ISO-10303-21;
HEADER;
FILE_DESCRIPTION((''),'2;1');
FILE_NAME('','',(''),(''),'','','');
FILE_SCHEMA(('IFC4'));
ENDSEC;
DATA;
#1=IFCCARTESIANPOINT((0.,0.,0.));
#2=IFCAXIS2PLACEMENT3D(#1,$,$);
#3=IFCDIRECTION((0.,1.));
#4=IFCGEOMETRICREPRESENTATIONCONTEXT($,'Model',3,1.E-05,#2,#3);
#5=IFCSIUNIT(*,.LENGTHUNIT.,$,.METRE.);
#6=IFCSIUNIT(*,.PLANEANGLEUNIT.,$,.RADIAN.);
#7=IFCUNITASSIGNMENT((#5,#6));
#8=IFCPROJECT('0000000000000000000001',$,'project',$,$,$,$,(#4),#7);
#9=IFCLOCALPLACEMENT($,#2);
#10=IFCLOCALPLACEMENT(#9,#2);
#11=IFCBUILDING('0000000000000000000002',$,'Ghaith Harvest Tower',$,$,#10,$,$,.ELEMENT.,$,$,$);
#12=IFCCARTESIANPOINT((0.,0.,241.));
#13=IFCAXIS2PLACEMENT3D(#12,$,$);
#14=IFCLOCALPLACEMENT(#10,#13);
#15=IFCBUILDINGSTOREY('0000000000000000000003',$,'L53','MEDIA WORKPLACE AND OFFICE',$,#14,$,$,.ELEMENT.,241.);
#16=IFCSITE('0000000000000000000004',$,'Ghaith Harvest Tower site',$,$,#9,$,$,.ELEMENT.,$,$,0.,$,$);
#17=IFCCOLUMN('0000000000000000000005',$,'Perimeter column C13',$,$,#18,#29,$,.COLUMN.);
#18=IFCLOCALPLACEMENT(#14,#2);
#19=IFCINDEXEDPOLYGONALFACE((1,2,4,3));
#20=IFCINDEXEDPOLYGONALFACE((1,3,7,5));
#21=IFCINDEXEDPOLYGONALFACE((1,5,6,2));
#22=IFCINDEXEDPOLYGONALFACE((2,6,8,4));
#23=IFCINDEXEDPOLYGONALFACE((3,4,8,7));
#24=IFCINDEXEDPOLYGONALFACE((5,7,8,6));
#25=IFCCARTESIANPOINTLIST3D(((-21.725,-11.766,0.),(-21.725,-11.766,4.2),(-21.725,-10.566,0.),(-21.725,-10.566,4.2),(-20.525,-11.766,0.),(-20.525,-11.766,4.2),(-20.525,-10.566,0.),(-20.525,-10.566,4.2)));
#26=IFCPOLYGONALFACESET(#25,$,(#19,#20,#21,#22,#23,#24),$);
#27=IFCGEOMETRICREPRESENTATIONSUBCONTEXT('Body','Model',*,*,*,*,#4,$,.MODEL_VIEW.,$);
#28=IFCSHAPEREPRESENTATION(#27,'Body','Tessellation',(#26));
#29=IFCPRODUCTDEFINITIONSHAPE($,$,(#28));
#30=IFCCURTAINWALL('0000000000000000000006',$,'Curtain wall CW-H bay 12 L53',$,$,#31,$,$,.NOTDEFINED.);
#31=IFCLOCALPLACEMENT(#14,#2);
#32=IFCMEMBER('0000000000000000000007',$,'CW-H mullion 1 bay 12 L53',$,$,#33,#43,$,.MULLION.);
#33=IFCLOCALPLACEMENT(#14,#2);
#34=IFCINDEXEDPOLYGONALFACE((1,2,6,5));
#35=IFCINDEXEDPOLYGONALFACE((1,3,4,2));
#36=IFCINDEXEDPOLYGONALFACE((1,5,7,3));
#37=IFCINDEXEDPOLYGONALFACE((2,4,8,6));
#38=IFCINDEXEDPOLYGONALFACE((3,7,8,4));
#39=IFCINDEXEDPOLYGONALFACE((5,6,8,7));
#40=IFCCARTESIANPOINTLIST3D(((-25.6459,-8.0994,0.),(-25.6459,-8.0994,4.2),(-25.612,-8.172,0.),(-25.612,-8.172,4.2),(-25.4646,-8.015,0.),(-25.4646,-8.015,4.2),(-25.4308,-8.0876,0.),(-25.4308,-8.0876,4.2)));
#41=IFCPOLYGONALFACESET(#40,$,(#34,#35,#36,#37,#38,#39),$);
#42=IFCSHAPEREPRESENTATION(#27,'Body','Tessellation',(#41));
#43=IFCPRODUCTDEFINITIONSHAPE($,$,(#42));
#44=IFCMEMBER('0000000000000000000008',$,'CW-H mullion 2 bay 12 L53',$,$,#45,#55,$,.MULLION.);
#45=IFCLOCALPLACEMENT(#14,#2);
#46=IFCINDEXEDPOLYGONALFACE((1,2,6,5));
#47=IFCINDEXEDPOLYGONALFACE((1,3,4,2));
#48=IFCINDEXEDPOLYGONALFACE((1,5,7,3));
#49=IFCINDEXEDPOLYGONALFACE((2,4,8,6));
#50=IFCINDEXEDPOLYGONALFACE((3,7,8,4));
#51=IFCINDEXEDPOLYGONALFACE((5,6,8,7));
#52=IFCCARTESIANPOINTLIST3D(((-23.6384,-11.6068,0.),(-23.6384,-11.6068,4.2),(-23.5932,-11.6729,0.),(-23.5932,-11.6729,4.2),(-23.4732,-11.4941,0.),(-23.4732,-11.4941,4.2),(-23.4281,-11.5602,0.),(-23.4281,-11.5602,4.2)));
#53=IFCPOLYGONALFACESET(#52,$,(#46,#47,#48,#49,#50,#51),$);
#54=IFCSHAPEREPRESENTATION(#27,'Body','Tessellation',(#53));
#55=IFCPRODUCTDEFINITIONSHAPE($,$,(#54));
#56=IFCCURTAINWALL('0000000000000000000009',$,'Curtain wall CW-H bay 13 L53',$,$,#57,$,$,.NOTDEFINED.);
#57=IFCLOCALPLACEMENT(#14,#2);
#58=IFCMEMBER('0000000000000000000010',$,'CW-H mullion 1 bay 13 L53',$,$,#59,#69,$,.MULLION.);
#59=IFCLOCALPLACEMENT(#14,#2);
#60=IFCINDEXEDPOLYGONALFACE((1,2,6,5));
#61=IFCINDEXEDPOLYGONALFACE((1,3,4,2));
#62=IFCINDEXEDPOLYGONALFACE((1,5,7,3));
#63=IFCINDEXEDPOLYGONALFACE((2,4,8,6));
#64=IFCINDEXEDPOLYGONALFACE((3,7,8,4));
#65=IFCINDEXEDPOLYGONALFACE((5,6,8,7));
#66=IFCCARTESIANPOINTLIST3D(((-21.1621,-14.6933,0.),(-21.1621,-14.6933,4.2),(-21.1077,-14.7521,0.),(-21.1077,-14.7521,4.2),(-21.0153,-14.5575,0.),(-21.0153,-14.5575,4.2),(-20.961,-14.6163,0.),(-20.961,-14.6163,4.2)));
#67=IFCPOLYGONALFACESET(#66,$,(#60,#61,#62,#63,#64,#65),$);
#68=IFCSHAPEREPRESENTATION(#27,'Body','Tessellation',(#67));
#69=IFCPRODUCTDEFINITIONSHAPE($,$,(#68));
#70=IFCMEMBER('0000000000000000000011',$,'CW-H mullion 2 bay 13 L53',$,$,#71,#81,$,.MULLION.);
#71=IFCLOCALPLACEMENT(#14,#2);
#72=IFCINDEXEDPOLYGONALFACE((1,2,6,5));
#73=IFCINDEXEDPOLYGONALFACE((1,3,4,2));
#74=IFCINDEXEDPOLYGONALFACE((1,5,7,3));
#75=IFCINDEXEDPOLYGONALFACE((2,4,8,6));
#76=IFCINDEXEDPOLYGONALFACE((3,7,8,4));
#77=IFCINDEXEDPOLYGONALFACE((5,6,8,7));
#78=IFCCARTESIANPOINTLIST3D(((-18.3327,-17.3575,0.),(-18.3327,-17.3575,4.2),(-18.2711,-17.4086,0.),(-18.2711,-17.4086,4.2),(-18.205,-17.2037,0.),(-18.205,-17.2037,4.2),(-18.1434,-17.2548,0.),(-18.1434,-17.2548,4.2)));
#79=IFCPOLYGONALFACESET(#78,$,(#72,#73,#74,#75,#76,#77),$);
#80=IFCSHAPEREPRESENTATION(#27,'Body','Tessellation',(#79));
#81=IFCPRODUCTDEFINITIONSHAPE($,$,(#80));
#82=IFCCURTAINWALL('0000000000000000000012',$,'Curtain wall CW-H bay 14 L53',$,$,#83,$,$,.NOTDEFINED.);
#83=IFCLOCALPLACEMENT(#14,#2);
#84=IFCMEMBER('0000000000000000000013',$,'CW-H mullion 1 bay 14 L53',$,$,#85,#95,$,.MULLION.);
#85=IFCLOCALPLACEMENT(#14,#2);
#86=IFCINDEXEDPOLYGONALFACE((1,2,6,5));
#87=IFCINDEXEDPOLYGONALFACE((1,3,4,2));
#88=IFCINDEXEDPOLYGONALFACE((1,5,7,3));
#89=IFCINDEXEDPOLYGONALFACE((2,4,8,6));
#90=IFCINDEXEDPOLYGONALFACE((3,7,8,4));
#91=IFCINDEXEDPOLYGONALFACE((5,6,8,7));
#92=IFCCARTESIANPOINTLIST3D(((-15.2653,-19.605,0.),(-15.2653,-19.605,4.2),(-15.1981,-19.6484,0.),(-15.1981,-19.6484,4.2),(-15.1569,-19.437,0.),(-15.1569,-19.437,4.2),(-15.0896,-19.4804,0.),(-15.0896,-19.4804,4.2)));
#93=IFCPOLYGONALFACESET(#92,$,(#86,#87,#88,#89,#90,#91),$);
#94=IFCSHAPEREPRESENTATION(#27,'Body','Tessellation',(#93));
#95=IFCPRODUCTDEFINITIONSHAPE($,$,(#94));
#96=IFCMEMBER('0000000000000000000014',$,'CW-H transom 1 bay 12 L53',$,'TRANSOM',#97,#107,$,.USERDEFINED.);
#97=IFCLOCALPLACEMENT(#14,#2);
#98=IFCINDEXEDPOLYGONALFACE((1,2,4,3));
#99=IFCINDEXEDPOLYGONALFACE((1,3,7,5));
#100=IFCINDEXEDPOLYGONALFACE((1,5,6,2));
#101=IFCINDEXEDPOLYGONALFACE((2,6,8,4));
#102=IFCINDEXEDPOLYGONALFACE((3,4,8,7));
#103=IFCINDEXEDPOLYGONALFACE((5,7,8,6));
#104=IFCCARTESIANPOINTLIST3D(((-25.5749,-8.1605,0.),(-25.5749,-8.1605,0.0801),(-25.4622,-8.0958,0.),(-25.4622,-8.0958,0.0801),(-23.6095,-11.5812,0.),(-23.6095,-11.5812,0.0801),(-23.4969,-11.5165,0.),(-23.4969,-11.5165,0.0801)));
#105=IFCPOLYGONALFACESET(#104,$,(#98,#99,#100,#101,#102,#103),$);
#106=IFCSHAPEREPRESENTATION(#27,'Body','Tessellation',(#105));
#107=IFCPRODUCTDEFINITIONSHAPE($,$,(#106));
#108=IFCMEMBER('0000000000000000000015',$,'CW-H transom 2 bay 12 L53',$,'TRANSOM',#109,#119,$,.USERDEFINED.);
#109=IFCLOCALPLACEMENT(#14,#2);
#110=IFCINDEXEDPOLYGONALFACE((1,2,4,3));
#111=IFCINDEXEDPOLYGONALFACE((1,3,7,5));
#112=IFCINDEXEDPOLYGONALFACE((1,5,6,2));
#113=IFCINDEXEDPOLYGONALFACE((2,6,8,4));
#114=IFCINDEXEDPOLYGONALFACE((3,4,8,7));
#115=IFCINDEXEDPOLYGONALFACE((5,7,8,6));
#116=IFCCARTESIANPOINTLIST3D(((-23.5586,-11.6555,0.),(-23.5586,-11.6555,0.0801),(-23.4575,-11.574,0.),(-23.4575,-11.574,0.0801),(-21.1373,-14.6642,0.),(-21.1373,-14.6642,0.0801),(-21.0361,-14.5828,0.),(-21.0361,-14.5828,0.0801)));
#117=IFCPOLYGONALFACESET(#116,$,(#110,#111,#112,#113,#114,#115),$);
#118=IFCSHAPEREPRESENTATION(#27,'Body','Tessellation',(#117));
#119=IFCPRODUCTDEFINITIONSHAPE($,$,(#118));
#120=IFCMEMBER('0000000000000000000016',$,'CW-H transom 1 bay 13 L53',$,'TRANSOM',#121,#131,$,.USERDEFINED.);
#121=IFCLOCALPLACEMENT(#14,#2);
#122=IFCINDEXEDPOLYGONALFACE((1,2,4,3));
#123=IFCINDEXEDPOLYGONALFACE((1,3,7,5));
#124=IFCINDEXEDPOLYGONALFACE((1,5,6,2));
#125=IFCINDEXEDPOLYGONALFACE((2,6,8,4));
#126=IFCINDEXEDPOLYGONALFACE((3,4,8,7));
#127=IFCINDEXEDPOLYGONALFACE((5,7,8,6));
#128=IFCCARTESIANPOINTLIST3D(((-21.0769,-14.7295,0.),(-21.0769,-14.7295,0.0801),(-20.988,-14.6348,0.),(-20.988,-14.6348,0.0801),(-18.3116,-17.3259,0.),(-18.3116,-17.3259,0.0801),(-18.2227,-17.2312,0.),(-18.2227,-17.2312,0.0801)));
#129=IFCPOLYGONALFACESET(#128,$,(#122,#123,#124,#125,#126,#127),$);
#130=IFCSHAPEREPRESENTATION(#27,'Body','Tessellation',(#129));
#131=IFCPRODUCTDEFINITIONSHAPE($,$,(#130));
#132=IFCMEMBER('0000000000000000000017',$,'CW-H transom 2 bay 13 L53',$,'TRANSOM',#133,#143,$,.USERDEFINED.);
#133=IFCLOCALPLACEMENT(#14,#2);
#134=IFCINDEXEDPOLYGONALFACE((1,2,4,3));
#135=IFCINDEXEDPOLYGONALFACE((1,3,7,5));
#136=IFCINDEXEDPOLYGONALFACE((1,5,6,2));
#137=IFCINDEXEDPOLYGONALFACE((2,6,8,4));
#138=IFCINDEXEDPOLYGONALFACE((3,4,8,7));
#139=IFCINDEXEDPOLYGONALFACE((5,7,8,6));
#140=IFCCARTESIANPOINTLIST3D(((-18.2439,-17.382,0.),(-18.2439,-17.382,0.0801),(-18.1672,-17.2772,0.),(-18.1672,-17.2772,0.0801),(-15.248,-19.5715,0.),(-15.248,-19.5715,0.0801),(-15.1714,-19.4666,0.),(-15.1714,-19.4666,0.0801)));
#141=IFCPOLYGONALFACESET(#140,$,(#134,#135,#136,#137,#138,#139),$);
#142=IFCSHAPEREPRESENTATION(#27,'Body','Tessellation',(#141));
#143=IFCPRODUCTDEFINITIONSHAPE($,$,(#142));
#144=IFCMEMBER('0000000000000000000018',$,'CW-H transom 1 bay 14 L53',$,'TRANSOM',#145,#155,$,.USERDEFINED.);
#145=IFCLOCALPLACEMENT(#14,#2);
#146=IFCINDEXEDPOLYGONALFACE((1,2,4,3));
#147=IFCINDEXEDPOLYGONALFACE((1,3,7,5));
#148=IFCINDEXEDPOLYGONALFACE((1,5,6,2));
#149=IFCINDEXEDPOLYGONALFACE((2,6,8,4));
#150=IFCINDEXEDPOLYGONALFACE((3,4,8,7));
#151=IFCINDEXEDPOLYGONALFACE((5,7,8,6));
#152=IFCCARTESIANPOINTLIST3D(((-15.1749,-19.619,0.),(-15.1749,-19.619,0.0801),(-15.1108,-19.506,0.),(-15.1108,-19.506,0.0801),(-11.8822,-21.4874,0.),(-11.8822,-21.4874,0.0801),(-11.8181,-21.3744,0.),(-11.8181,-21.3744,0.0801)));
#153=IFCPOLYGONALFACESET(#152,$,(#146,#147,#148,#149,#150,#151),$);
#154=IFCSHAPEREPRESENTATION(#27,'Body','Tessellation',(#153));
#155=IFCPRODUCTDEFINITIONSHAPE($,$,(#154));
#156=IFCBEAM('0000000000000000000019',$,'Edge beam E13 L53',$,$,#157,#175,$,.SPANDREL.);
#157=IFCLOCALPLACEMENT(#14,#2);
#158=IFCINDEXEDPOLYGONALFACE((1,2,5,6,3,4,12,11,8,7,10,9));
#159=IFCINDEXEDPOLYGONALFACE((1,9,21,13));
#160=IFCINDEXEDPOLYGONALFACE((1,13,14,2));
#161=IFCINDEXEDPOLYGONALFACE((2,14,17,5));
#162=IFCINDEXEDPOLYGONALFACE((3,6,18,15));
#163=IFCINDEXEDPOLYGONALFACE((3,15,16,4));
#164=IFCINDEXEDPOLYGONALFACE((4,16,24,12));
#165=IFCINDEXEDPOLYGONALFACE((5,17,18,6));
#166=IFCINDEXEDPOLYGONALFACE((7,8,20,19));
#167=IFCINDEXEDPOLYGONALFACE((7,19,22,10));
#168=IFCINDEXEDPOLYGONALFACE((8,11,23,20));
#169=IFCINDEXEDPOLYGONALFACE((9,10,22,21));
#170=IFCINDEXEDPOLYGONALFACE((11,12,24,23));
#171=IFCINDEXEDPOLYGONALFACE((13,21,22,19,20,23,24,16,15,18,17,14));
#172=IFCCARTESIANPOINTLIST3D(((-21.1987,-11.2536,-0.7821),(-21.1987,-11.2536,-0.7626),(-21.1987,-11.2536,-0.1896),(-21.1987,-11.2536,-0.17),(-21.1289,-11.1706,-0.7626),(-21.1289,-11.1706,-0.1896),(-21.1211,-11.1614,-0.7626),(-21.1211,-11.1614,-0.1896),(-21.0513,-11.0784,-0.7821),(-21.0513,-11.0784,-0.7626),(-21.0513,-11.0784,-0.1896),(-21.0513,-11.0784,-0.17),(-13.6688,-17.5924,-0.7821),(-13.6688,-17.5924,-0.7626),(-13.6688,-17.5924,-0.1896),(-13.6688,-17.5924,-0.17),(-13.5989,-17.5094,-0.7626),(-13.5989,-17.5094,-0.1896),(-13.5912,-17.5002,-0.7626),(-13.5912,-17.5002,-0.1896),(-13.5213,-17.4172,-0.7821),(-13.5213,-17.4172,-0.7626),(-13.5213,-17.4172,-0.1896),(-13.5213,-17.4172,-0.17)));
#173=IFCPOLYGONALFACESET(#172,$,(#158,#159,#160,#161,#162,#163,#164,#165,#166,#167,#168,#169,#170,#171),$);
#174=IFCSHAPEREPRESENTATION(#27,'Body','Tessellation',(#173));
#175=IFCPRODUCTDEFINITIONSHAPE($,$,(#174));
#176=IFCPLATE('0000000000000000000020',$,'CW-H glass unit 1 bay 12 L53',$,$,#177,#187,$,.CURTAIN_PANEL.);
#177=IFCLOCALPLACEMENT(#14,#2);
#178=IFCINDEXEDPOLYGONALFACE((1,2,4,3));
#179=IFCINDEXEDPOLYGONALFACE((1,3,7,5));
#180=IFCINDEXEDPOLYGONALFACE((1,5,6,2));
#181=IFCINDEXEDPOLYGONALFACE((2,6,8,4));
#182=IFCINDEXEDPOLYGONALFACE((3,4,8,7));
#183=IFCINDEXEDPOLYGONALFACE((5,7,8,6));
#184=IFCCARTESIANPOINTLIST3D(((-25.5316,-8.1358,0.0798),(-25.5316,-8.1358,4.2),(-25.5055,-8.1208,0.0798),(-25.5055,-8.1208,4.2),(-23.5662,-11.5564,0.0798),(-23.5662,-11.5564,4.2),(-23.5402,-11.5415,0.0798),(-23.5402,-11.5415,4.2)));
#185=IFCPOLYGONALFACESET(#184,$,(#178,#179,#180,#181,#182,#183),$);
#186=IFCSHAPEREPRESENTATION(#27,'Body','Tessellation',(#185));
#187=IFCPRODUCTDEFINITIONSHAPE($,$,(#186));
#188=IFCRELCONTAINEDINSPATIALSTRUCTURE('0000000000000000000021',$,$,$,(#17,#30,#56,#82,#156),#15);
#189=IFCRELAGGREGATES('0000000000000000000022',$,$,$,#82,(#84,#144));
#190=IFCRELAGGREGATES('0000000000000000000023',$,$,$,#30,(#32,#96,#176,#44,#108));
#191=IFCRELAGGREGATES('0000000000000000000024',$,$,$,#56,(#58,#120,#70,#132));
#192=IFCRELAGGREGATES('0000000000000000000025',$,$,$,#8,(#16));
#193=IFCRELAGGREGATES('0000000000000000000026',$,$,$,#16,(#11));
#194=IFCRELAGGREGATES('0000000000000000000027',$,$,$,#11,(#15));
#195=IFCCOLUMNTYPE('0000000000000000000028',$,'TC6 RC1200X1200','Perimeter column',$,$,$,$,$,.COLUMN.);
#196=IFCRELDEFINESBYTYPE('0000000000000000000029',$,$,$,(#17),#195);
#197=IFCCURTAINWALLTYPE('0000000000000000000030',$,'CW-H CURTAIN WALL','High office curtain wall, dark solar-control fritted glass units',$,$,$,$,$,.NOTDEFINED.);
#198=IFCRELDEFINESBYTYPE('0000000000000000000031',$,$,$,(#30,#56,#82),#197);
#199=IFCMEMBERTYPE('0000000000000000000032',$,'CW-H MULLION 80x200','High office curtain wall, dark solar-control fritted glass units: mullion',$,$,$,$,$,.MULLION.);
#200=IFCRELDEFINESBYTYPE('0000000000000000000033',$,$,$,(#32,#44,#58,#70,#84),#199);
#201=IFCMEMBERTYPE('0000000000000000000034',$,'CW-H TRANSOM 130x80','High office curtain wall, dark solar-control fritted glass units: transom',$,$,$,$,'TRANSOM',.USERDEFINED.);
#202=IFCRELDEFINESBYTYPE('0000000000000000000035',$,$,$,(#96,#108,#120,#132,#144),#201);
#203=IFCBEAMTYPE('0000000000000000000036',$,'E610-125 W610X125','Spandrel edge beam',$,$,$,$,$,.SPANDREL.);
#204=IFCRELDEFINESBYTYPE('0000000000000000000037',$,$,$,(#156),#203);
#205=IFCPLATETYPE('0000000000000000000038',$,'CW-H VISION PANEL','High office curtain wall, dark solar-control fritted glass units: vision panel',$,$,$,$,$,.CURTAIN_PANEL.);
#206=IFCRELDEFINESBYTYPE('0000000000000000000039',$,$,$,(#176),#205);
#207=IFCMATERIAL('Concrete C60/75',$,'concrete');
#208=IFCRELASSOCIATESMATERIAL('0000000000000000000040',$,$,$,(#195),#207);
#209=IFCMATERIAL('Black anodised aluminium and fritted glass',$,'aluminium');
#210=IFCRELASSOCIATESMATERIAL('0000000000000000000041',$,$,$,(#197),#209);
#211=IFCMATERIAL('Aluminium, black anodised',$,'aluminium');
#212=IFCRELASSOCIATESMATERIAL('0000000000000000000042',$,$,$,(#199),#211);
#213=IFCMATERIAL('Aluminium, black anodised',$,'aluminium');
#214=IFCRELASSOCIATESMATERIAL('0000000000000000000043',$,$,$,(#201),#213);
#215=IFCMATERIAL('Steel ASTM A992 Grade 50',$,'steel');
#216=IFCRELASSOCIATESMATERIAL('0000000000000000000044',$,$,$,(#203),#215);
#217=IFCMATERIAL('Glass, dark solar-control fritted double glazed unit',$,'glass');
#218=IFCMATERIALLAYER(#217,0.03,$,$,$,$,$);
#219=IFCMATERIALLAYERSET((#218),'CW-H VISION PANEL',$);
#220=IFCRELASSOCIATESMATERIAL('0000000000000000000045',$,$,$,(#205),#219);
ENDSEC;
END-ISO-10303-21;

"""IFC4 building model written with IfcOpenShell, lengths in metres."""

from ifc_helpers import new_model, si_unit, direction, frame, origin, origin_2d, place, context, subcontext, project, spatial, rectangle, i_section, extrude, material, layer, layer_set, material_profile, profile_set, type_object, element, aggregate, save


model = new_model("IFC4")

# Units and contexts
model_context = context("Model", 3, precision=1e-05, world=origin(), true_north=direction((0.0, 1.0)))
body_context = subcontext(model_context, "Body", "Model", "MODEL_VIEW")
ifc_project = project(units=[si_unit("LENGTHUNIT", "METRE"), si_unit("PLANEANGLEUNIT", "RADIAN")], contexts=[model_context])

# Site, building, storey
site_placement = place(None, origin())
site = spatial("IfcSite", under=ifc_project, at=site_placement, Name="Ghaith Harvest Tower site", CompositionType="ELEMENT", RefElevation=0.0)
building_placement = place(site_placement, origin())
building = spatial("IfcBuilding", under=site, at=building_placement, Name="Ghaith Harvest Tower", CompositionType="ELEMENT")
storey_placement = place(building_placement, frame((0.0, 0.0, 241.0)))
storey = spatial("IfcBuildingStorey", under=building, at=storey_placement, Name="L53", Description="MEDIA WORKPLACE AND OFFICE", CompositionType="ELEMENT", Elevation=241.0)

# Column
ifc_material_1 = material(Name="Concrete C60/75", Category="concrete")
ifc_material_profile_1 = material_profile(ifc_material_1, rectangle(XDim=1.2, YDim=1.2, at=origin_2d()), Name="RC1200X1200")
ifc_profile_set_1 = profile_set([ifc_material_profile_1], Name="Concrete C60/75")
column_type = type_object("IfcColumnType", Name="TC6 RC1200X1200", Description="Perimeter column", PredefinedType="COLUMN", material=ifc_profile_set_1)
column_placement = place(storey_placement, frame((-21.125, -11.166, 0.0), z_axis=(0.0, 0.0, 1.0), x_axis=(1.0, 0.0, 0.0)))
element("IfcColumn", 1, at=column_placement, inside=storey, type_object=column_type, Name="Perimeter column C13", PredefinedType="COLUMN", context=body_context, shape_type="SweptSolid", body=[
    extrude(rectangle(XDim=1.2, YDim=1.2, at=origin_2d()), origin(), (0.0, 0.0, 1.0), 4.2),
])

# Curtain walls, members
ifc_material_2 = material(Name="Black anodised aluminium and fritted glass", Category="aluminium")
curtain_wall_type = type_object("IfcCurtainWallType", Name="CW-H CURTAIN WALL", Description="High office curtain wall, dark solar-control fritted glass units", PredefinedType="NOTDEFINED", material=ifc_material_2)
curtain_wall_1_placement = place(storey_placement, origin())
curtain_wall_1 = element("IfcCurtainWall", 2, at=curtain_wall_1_placement, inside=storey, type_object=curtain_wall_type, Name="Curtain wall CW-H bay 12 L53", PredefinedType="NOTDEFINED")
ifc_material_3 = material(Name="Aluminium, black anodised", Category="aluminium")
ifc_material_profile_2 = material_profile(ifc_material_3, rectangle(XDim=0.0801, YDim=0.2, at=origin_2d()), Name="CW-H MULLION 80x200")
ifc_profile_set_2 = profile_set([ifc_material_profile_2], Name="Aluminium, black anodised")
member_type_1 = type_object("IfcMemberType", Name="CW-H MULLION 80x200", Description="High office curtain wall, dark solar-control fritted glass units: mullion", PredefinedType="MULLION", material=ifc_profile_set_2)
member_1_placement = place(storey_placement, frame((-25.5383, -8.0935, 0.0), z_axis=(0.0, 0.0, 1.0), x_axis=(0.422309, -0.906452, 0.0)))
member_1 = element("IfcMember", 3, at=member_1_placement, type_object=member_type_1, Name="CW-H mullion 1 bay 12 L53", PredefinedType="MULLION", context=body_context, shape_type="SweptSolid", body=[
    extrude(rectangle(XDim=0.0801, YDim=0.2, at=origin_2d()), origin(), (0.0, 0.0, 1.0), 4.2),
])
member_2_placement = place(storey_placement, frame((-23.5332, -11.5835, 0.0), z_axis=(0.0, 0.0, 1.0), x_axis=(0.563617, -0.826037, 0.0)))
member_2 = element("IfcMember", 4, at=member_2_placement, type_object=member_type_1, Name="CW-H mullion 2 bay 12 L53", PredefinedType="MULLION", context=body_context, shape_type="SweptSolid", body=[
    extrude(rectangle(XDim=0.0801, YDim=0.2, at=origin_2d()), origin(), (0.0, 0.0, 1.0), 4.2),
])
curtain_wall_2_placement = place(storey_placement, origin())
curtain_wall_2 = element("IfcCurtainWall", 5, at=curtain_wall_2_placement, inside=storey, type_object=curtain_wall_type, Name="Curtain wall CW-H bay 13 L53", PredefinedType="NOTDEFINED")
member_3_placement = place(storey_placement, frame((-21.0615, -14.6548, 0.0), z_axis=(0.0, 0.0, 1.0), x_axis=(0.679182, -0.73397, 0.0)))
member_3 = element("IfcMember", 6, at=member_3_placement, type_object=member_type_1, Name="CW-H mullion 1 bay 13 L53", PredefinedType="MULLION", context=body_context, shape_type="SweptSolid", body=[
    extrude(rectangle(XDim=0.0801, YDim=0.2, at=origin_2d()), origin(), (0.0, 0.0, 1.0), 4.2),
])
member_4_placement = place(storey_placement, frame((-18.238, -17.3062, 0.0), z_axis=(0.0, 0.0, 1.0), x_axis=(0.769217, -0.638988, 0.0)))
member_4 = element("IfcMember", 7, at=member_4_placement, type_object=member_type_1, Name="CW-H mullion 2 bay 13 L53", PredefinedType="MULLION", context=body_context, shape_type="SweptSolid", body=[
    extrude(rectangle(XDim=0.0801, YDim=0.2, at=origin_2d()), origin(), (0.0, 0.0, 1.0), 4.2),
])

# Curtain wall, member
curtain_wall_3_placement = place(storey_placement, origin())
curtain_wall_3 = element("IfcCurtainWall", 8, at=curtain_wall_3_placement, inside=storey, type_object=curtain_wall_type, Name="Curtain wall CW-H bay 14 L53", PredefinedType="NOTDEFINED")
member_5_placement = place(storey_placement, frame((-15.1775, -19.5427, 0.0), z_axis=(0.0, 0.0, 1.0), x_axis=(0.840234, -0.542225, 0.0)))
member_5 = element("IfcMember", 9, at=member_5_placement, type_object=member_type_1, Name="CW-H mullion 1 bay 14 L53", PredefinedType="MULLION", context=body_context, shape_type="SweptSolid", body=[
    extrude(rectangle(XDim=0.0801, YDim=0.2, at=origin_2d()), origin(), (0.0, 0.0, 1.0), 4.2),
])

# Members
ifc_material_4 = material(Name="Aluminium, black anodised", Category="aluminium")
ifc_material_profile_3 = material_profile(ifc_material_4, rectangle(XDim=0.1299, YDim=0.0801, at=origin_2d()), Name="CW-H TRANSOM 130x80")
ifc_profile_set_3 = profile_set([ifc_material_profile_3], Name="Aluminium, black anodised")
member_type_2 = type_object("IfcMemberType", Name="CW-H TRANSOM 130x80", Description="High office curtain wall, dark solar-control fritted glass units: transom", ElementType="TRANSOM", PredefinedType="USERDEFINED", material=ifc_profile_set_3)
member_6_placement = place(storey_placement, frame((-25.5186, -8.1282, 0.04), z_axis=(0.498177, -0.867075, 0.0), x_axis=(0.867075, 0.498177, 0.0)))
member_6 = element("IfcMember", 10, at=member_6_placement, type_object=member_type_2, Name="CW-H transom 1 bay 12 L53", ObjectType="TRANSOM", PredefinedType="USERDEFINED", context=body_context, shape_type="SweptSolid", body=[
    extrude(rectangle(XDim=0.1299, YDim=0.0801, at=origin_2d()), origin(), (0.0, 0.0, 1.0), 3.9451),
])
member_7_placement = place(storey_placement, frame((-23.5081, -11.6147, 0.04), z_axis=(0.626959, -0.779052, 0.0), x_axis=(0.779052, 0.626959, 0.0)))
member_7 = element("IfcMember", 11, at=member_7_placement, type_object=member_type_2, Name="CW-H transom 2 bay 12 L53", ObjectType="TRANSOM", PredefinedType="USERDEFINED", context=body_context, shape_type="SweptSolid", body=[
    extrude(rectangle(XDim=0.1299, YDim=0.0801, at=origin_2d()), origin(), (0.0, 0.0, 1.0), 3.8621),
])
member_8_placement = place(storey_placement, frame((-21.0325, -14.6821, 0.04), z_axis=(0.729025, -0.684487, 0.0), x_axis=(0.684487, 0.729025, 0.0)))
member_8 = element("IfcMember", 12, at=member_8_placement, type_object=member_type_2, Name="CW-H transom 1 bay 13 L53", ObjectType="TRANSOM", PredefinedType="USERDEFINED", context=body_context, shape_type="SweptSolid", body=[
    extrude(rectangle(XDim=0.1299, YDim=0.0801, at=origin_2d()), origin(), (0.0, 0.0, 1.0), 3.7932),
])
member_9_placement = place(storey_placement, frame((-18.2056, -17.3296, 0.04), z_axis=(0.807368, -0.590048, 0.0), x_axis=(0.590048, 0.807368, 0.0)))
member_9 = element("IfcMember", 13, at=member_9_placement, type_object=member_type_2, Name="CW-H transom 2 bay 13 L53", ObjectType="TRANSOM", PredefinedType="USERDEFINED", context=body_context, shape_type="SweptSolid", body=[
    extrude(rectangle(XDim=0.1299, YDim=0.0801, at=origin_2d()), origin(), (0.0, 0.0, 1.0), 3.7107),
])
member_10_placement = place(storey_placement, frame((-15.1428, -19.5625, 0.04), z_axis=(0.869735, -0.493519, 0.0), x_axis=(0.493519, 0.869735, 0.0)))
member_10 = element("IfcMember", 14, at=member_10_placement, type_object=member_type_2, Name="CW-H transom 1 bay 14 L53", ObjectType="TRANSOM", PredefinedType="USERDEFINED", context=body_context, shape_type="SweptSolid", body=[
    extrude(rectangle(XDim=0.1299, YDim=0.0801, at=origin_2d()), origin(), (0.0, 0.0, 1.0), 3.7859),
])
aggregate(curtain_wall_3, [member_5, member_10])

# Beam
ifc_material_5 = material(Name="Steel ASTM A992 Grade 50", Category="steel")
ifc_material_profile_4 = material_profile(ifc_material_5, i_section(OverallWidth=0.229, OverallDepth=0.6121, WebThickness=0.012, FlangeThickness=0.0195, at=origin_2d()), Name="W610X125")
ifc_profile_set_4 = profile_set([ifc_material_profile_4], Name="Steel ASTM A992 Grade 50")
beam_type = type_object("IfcBeamType", Name="E610-125 W610X125", Description="Spandrel edge beam", PredefinedType="SPANDREL", material=ifc_profile_set_4)
beam_placement = place(storey_placement, frame((-21.125, -11.166, -0.4761), z_axis=(0.765022, -0.644004, 0.0), x_axis=(0.644004, 0.765022, 0.0)))
element("IfcBeam", 15, at=beam_placement, inside=storey, type_object=beam_type, Name="Edge beam E13 L53", PredefinedType="SPANDREL", context=body_context, shape_type="SweptSolid", body=[
    extrude(i_section(OverallWidth=0.229, OverallDepth=0.6121, WebThickness=0.012, FlangeThickness=0.0195, at=origin_2d()), origin(), (0.0, 0.0, 1.0), 9.8428),
])

# Plate
ifc_material_6 = material(Name="Glass, dark solar-control fritted double glazed unit", Category="glass")
ifc_layer_1 = layer(ifc_material_6, 0.03)
ifc_layer_set_1 = layer_set([ifc_layer_1], Name="CW-H VISION PANEL")
plate_type_1 = type_object("IfcPlateType", Name="CW-H VISION PANEL", Description="High office curtain wall, dark solar-control fritted glass units: vision panel", PredefinedType="CURTAIN_PANEL", material=ifc_layer_set_1)
plate_1_placement = place(storey_placement, frame((-24.5359, -9.8386, 0.0798), z_axis=(0.0, 0.0, 1.0), x_axis=(0.49818, -0.867074, 0.0)))
plate_1 = element("IfcPlate", 16, at=plate_1_placement, type_object=plate_type_1, Name="CW-H glass unit 1 bay 12 L53", PredefinedType="CURTAIN_PANEL", context=body_context, shape_type="SweptSolid", body=[
    extrude(rectangle(XDim=3.9451, YDim=0.03, at=origin_2d()), origin(), (0.0, 0.0, 1.0), 4.1201),
])
aggregate(curtain_wall_1, [member_1, member_6, plate_1, member_2, member_7])
aggregate(curtain_wall_2, [member_3, member_8, member_4, member_9])

save(model, "model.ifc")
